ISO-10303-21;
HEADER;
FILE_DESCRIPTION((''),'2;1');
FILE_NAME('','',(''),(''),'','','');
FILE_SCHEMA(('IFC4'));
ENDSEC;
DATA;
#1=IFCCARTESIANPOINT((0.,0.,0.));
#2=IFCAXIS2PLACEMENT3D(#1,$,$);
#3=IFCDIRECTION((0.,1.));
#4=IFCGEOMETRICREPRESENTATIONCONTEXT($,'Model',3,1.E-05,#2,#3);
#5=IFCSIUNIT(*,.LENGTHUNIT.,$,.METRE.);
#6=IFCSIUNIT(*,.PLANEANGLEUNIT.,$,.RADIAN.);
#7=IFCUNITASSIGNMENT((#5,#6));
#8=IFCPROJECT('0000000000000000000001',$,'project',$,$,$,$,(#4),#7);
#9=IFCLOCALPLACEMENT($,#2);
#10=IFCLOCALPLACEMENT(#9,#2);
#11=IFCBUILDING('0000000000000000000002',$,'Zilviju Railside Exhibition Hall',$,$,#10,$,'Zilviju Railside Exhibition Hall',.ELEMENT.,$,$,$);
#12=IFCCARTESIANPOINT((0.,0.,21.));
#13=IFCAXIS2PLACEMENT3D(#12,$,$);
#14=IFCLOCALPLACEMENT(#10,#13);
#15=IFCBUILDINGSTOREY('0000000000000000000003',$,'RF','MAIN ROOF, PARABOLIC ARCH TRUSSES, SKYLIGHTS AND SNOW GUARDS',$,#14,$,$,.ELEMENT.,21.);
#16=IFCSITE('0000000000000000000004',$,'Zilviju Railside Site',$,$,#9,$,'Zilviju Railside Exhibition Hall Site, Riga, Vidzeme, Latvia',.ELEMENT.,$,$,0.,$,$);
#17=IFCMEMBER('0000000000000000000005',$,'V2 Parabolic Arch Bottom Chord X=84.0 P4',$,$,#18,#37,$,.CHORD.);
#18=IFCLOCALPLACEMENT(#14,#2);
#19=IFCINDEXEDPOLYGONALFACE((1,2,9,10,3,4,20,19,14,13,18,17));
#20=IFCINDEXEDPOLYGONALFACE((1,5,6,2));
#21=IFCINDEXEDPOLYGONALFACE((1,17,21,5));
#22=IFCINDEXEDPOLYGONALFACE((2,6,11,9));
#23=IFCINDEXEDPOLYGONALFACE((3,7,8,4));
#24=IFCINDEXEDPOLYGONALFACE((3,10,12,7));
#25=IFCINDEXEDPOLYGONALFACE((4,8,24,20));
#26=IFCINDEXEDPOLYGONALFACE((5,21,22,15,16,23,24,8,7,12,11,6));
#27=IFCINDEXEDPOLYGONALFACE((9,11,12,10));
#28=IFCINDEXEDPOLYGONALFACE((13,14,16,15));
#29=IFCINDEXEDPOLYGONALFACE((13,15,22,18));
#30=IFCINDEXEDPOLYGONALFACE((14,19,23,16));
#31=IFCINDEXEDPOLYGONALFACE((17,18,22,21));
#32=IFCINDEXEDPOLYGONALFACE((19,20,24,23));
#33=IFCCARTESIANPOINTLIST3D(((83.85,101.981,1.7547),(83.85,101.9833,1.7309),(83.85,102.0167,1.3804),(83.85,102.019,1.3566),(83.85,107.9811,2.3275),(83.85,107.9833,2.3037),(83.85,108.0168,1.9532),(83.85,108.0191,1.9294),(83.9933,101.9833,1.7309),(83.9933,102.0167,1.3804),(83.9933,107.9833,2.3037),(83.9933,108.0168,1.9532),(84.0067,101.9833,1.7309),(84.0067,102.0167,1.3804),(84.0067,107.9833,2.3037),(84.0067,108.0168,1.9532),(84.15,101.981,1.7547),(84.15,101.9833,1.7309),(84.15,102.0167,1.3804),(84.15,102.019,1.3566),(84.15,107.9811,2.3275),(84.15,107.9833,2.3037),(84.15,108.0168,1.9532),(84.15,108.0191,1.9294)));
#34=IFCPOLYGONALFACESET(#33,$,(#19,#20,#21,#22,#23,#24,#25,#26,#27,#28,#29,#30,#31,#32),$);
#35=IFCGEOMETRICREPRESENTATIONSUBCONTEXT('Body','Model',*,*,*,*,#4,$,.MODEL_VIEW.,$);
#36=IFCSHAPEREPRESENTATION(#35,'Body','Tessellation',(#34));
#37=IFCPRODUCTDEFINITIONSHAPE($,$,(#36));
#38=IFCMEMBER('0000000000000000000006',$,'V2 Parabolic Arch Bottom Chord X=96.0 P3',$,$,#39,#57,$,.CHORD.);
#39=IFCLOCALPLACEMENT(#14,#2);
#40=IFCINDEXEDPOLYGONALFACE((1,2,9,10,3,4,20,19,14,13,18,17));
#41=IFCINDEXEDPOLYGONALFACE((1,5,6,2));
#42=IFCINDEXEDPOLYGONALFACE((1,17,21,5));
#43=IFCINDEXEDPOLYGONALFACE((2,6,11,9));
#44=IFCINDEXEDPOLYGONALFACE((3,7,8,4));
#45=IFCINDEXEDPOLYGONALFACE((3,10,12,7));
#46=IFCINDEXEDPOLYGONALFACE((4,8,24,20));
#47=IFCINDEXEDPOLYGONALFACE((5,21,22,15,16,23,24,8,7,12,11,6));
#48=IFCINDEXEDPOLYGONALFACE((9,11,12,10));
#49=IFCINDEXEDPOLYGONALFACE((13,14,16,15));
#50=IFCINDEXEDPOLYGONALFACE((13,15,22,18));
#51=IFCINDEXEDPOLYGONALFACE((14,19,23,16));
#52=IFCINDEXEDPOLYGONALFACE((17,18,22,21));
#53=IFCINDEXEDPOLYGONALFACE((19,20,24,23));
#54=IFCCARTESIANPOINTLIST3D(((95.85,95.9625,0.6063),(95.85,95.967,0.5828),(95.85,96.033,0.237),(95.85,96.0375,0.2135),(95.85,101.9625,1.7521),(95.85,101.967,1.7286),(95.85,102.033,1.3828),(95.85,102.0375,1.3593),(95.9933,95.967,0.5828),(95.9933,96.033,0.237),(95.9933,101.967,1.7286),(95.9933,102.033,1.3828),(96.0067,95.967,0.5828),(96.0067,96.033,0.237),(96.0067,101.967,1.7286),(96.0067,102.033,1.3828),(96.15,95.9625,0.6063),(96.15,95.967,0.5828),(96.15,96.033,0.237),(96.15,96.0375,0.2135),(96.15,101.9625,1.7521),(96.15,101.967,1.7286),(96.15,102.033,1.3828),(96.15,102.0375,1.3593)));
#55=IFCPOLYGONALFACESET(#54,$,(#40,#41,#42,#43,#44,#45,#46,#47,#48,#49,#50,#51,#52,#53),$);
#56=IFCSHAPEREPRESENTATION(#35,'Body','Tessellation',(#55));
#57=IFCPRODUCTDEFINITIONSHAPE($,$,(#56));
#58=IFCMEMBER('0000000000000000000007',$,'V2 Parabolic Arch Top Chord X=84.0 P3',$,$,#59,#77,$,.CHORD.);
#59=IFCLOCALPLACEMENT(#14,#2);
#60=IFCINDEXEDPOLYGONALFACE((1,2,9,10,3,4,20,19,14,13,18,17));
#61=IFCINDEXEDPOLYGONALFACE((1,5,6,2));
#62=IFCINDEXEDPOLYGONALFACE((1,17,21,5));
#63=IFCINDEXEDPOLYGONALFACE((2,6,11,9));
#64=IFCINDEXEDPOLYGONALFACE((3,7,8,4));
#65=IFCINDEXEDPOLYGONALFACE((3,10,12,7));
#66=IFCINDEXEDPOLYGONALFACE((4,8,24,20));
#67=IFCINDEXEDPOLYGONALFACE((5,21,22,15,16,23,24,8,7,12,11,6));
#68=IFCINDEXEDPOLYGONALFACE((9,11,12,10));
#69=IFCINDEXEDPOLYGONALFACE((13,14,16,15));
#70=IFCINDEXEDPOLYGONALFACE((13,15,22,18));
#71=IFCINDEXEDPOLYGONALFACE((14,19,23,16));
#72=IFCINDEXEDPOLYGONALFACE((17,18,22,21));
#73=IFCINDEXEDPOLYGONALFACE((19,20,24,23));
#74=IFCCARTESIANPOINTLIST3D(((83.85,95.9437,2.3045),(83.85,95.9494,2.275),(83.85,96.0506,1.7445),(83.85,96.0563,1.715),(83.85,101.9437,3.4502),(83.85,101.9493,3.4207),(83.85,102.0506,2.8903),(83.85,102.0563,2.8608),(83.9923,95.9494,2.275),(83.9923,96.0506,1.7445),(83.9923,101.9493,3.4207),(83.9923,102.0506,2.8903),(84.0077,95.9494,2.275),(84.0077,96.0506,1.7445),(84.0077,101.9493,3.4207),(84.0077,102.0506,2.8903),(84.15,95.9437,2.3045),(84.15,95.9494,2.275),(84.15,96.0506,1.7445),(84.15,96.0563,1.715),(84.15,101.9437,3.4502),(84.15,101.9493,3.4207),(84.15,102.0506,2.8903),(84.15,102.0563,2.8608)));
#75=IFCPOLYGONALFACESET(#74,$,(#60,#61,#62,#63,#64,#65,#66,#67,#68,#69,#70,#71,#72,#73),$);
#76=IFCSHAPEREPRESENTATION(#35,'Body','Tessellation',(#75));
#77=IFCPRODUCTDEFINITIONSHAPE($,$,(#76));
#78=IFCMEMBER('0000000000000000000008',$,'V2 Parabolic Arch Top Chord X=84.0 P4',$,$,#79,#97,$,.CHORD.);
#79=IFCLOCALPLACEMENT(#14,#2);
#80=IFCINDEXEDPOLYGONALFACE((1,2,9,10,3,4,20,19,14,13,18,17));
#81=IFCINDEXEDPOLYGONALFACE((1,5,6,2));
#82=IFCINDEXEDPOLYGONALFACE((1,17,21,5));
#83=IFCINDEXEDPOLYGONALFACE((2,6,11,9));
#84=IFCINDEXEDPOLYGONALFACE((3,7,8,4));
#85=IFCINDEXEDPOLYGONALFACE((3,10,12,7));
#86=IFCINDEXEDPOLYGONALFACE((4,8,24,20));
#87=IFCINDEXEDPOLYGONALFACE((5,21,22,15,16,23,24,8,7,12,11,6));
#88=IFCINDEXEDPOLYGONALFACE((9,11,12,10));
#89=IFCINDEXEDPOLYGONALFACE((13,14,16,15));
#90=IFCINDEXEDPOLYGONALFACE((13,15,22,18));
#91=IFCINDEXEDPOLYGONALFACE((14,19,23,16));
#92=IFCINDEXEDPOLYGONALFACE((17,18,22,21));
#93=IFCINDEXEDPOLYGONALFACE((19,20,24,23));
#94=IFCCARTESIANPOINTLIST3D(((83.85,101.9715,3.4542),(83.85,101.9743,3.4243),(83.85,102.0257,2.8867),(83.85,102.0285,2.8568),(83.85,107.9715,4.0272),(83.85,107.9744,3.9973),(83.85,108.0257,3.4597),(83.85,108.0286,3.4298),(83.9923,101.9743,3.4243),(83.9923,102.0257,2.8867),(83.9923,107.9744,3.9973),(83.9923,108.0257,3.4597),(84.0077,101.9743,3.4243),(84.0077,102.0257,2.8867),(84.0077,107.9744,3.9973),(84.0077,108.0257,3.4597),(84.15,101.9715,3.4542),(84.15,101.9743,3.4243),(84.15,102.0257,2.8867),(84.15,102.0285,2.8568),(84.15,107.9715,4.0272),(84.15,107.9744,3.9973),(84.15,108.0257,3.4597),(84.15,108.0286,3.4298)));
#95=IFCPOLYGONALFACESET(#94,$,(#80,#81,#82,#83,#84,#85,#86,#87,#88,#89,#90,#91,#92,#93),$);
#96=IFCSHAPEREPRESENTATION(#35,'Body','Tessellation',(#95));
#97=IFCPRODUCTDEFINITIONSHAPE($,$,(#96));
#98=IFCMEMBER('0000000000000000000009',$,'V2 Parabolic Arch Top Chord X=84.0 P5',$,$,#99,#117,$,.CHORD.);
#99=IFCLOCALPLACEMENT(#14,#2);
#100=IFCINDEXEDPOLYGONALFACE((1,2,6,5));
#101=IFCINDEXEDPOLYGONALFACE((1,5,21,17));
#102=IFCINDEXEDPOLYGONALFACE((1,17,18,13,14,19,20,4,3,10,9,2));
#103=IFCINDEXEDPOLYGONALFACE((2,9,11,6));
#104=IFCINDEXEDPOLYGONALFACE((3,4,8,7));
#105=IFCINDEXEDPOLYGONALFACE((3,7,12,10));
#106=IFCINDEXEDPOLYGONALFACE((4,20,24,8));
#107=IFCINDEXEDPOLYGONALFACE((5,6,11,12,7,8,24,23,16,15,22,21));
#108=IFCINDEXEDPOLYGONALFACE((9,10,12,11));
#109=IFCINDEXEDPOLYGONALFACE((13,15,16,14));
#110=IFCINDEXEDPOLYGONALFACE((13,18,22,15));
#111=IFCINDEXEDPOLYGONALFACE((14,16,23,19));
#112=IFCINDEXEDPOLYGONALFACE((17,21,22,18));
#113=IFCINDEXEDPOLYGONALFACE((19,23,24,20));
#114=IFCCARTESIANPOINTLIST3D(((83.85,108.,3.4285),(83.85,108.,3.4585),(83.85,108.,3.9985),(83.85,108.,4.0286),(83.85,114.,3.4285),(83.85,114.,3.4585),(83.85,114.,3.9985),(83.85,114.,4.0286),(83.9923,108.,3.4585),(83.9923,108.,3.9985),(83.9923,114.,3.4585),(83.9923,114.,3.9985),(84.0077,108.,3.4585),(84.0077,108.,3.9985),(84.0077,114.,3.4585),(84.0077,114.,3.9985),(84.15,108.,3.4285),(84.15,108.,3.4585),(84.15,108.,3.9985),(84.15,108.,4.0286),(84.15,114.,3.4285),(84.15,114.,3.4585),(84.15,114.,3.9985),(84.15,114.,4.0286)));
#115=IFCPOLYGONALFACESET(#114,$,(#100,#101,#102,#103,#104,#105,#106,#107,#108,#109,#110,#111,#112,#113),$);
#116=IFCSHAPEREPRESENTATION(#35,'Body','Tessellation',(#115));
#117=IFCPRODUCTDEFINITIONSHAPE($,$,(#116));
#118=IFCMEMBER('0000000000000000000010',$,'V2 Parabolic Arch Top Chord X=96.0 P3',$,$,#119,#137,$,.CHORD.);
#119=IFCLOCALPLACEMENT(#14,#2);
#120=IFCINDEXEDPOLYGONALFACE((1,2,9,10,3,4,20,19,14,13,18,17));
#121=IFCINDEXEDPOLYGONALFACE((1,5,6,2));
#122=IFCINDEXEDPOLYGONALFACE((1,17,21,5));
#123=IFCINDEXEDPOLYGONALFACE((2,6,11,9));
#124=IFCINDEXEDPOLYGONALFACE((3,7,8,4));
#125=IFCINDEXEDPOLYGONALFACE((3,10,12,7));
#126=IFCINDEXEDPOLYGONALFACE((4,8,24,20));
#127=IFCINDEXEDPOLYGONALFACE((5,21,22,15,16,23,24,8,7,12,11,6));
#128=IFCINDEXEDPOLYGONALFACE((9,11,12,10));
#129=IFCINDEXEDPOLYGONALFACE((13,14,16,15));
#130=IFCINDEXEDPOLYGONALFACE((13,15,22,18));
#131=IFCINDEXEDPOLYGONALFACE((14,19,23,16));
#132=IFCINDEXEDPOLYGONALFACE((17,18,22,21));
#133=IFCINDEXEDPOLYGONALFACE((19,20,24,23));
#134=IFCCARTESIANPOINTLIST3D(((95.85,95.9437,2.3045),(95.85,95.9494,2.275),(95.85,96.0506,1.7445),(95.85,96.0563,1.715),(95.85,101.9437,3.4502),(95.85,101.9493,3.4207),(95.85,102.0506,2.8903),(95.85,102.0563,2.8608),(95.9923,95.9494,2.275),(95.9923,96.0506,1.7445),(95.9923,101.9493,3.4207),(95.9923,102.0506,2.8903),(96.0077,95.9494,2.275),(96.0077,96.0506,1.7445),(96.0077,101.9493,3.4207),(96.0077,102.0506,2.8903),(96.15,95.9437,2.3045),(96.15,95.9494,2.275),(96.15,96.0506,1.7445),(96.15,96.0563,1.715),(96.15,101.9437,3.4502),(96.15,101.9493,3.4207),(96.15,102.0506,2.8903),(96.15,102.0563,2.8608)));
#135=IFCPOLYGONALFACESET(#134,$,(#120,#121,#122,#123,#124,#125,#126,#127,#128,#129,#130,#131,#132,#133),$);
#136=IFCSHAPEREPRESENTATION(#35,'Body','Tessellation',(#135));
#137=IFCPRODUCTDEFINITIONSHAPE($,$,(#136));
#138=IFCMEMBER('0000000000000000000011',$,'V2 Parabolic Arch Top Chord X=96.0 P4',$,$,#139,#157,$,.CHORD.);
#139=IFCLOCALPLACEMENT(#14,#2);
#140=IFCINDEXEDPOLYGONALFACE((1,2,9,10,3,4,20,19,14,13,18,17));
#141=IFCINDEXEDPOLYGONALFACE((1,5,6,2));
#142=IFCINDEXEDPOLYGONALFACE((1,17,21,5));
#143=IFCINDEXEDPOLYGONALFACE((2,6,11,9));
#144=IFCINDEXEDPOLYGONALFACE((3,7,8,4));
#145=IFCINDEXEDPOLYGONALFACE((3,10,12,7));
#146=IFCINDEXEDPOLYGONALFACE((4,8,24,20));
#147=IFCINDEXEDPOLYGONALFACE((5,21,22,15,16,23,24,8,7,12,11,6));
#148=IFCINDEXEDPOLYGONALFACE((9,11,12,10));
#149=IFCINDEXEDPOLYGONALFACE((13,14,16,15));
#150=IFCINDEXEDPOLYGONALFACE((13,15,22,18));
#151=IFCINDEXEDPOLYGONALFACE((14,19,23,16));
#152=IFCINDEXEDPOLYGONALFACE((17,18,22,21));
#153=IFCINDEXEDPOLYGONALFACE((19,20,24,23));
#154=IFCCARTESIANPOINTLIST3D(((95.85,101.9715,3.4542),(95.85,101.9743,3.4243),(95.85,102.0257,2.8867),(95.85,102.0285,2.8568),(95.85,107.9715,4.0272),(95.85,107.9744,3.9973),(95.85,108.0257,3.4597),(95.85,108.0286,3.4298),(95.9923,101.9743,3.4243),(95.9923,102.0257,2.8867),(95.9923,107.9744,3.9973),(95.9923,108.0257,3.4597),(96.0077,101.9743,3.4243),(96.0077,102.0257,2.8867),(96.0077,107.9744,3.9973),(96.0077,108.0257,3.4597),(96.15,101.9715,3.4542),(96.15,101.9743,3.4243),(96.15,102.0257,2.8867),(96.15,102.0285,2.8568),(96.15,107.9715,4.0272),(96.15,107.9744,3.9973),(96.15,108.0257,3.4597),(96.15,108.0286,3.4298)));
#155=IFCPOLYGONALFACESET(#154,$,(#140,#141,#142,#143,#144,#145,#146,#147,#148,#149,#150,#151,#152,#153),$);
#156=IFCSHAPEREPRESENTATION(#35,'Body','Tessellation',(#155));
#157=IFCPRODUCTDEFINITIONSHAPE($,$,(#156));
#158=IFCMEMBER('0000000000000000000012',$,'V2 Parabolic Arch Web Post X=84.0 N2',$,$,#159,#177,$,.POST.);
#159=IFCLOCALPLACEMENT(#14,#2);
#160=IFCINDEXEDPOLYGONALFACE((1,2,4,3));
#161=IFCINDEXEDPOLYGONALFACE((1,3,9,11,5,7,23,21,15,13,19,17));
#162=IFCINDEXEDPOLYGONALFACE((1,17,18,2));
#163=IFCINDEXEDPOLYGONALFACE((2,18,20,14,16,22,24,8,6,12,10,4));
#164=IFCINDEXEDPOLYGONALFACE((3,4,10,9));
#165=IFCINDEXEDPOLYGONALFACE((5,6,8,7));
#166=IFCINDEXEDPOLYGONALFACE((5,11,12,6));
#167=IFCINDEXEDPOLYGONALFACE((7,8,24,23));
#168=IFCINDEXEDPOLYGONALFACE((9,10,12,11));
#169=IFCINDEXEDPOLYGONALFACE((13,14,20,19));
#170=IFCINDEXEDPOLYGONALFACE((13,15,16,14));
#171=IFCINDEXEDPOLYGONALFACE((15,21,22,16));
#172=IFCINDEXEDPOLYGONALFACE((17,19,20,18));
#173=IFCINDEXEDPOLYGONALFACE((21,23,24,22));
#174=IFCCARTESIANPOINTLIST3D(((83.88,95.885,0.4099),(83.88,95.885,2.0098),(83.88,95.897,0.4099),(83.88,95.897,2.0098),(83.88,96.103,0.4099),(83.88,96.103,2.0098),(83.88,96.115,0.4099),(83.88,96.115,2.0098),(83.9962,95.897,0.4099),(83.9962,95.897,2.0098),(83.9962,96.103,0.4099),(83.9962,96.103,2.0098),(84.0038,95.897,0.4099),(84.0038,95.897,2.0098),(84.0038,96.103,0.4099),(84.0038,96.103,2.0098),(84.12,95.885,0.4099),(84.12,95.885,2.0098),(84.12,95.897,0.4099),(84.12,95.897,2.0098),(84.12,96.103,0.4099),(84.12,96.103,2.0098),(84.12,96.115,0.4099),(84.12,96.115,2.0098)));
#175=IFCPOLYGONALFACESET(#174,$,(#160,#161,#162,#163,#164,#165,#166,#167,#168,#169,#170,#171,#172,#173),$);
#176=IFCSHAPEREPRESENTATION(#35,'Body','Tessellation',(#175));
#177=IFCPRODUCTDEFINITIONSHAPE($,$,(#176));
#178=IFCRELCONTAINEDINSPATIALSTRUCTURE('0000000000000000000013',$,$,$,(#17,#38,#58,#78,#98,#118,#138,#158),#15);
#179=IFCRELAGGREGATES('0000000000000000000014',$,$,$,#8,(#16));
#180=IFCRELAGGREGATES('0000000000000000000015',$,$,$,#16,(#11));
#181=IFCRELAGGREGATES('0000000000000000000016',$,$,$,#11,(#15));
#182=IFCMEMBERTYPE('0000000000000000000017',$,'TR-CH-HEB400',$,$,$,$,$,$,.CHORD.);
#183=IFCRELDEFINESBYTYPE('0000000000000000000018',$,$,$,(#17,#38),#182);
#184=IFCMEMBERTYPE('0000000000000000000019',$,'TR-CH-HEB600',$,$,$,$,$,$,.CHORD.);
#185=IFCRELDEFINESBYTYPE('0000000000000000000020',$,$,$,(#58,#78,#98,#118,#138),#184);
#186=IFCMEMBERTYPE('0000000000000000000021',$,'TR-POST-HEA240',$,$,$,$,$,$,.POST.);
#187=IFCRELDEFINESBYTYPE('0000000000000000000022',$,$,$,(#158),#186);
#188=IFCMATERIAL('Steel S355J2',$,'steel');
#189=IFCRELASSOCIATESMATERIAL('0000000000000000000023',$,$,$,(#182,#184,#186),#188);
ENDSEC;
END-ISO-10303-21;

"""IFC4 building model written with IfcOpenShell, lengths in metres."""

from ifc_helpers import new_model, si_unit, direction, frame, origin, origin_2d, place, context, subcontext, project, spatial, i_section, extrude, material, material_profile, profile_set, type_object, element, save


model = new_model("IFC4")

# Units and contexts
model_context = context("Model", 3, precision=1e-05, world=origin(), true_north=direction((0.0, 1.0)))
body_context = subcontext(model_context, "Body", "Model", "MODEL_VIEW")
ifc_project = project(units=[si_unit("LENGTHUNIT", "METRE"), si_unit("PLANEANGLEUNIT", "RADIAN")], contexts=[model_context])

# Site, building, storey
site_placement = place(None, origin())
site = spatial("IfcSite", under=ifc_project, at=site_placement, Name="Zilviju Railside Site", LongName="Zilviju Railside Exhibition Hall Site, Riga, Vidzeme, Latvia", CompositionType="ELEMENT", RefElevation=0.0)
building_placement = place(site_placement, origin())
building = spatial("IfcBuilding", under=site, at=building_placement, Name="Zilviju Railside Exhibition Hall", LongName="Zilviju Railside Exhibition Hall", CompositionType="ELEMENT")
storey_placement = place(building_placement, frame((0.0, 0.0, 21.0)))
storey = spatial("IfcBuildingStorey", under=building, at=storey_placement, Name="RF", Description="MAIN ROOF, PARABOLIC ARCH TRUSSES, SKYLIGHTS AND SNOW GUARDS", CompositionType="ELEMENT", Elevation=21.0)

# Members
ifc_material_1 = material(Name="Steel S355J2", Category="steel")
ifc_material_profile_1 = material_profile(ifc_material_1, i_section(OverallWidth=0.3, OverallDepth=0.3999, WebThickness=0.0134, FlangeThickness=0.0239, at=origin_2d()), Name="HEB 400")
ifc_profile_set_1 = profile_set([ifc_material_profile_1], Name="Steel S355J2")
member_type_1 = type_object("IfcMemberType", Name="TR-CH-HEB400", PredefinedType="CHORD", material=ifc_profile_set_1)
member_1_placement = place(storey_placement, frame((84.0, 102.0, 1.5557), z_axis=(0.0, 0.995475, 0.095027), x_axis=(-1.0, 0.0, 0.0)))
element("IfcMember", 1, at=member_1_placement, inside=storey, type_object=member_type_1, Name="V2 Parabolic Arch Bottom Chord X=84.0 P4", PredefinedType="CHORD", context=body_context, shape_type="SweptSolid", body=[
    extrude(i_section(OverallWidth=0.3, OverallDepth=0.3999, WebThickness=0.0134, FlangeThickness=0.0239, at=origin_2d()), origin(), (0.0, 0.0, 1.0), 6.0273),
])
member_2_placement = place(storey_placement, frame((96.0, 96.0, 0.4099), z_axis=(0.0, 0.982251, 0.187569), x_axis=(-1.0, 0.0, 0.0)))
element("IfcMember", 2, at=member_2_placement, inside=storey, type_object=member_type_1, Name="V2 Parabolic Arch Bottom Chord X=96.0 P3", PredefinedType="CHORD", context=body_context, shape_type="SweptSolid", body=[
    extrude(i_section(OverallWidth=0.3, OverallDepth=0.3999, WebThickness=0.0134, FlangeThickness=0.0239, at=origin_2d()), origin(), (0.0, 0.0, 1.0), 6.1084),
])
ifc_material_profile_2 = material_profile(ifc_material_1, i_section(OverallWidth=0.3, OverallDepth=0.6001, WebThickness=0.0154, FlangeThickness=0.03, at=origin_2d()), Name="HEB 600")
ifc_profile_set_2 = profile_set([ifc_material_profile_2], Name="Steel S355J2")
member_type_2 = type_object("IfcMemberType", Name="TR-CH-HEB600", PredefinedType="CHORD", material=ifc_profile_set_2)
member_3_placement = place(storey_placement, frame((84.0, 96.0, 2.0098), z_axis=(0.0, 0.982251, 0.187569), x_axis=(-1.0, 0.0, 0.0)))
element("IfcMember", 3, at=member_3_placement, inside=storey, type_object=member_type_2, Name="V2 Parabolic Arch Top Chord X=84.0 P3", PredefinedType="CHORD", context=body_context, shape_type="SweptSolid", body=[
    extrude(i_section(OverallWidth=0.3, OverallDepth=0.6001, WebThickness=0.0154, FlangeThickness=0.03, at=origin_2d()), origin(), (0.0, 0.0, 1.0), 6.1084),
])
member_4_placement = place(storey_placement, frame((84.0, 102.0, 3.1555), z_axis=(0.0, 0.995471, 0.095067), x_axis=(-1.0, 0.0, 0.0)))
element("IfcMember", 4, at=member_4_placement, inside=storey, type_object=member_type_2, Name="V2 Parabolic Arch Top Chord X=84.0 P4", PredefinedType="CHORD", context=body_context, shape_type="SweptSolid", body=[
    extrude(i_section(OverallWidth=0.3, OverallDepth=0.6001, WebThickness=0.0154, FlangeThickness=0.03, at=origin_2d()), origin(), (0.0, 0.0, 1.0), 6.0273),
])
member_5_placement = place(storey_placement, frame((84.0, 108.0, 3.7285), z_axis=(0.0, 1.0, 0.0), x_axis=(-1.0, 0.0, 0.0)))
element("IfcMember", 5, at=member_5_placement, inside=storey, type_object=member_type_2, Name="V2 Parabolic Arch Top Chord X=84.0 P5", PredefinedType="CHORD", context=body_context, shape_type="SweptSolid", body=[
    extrude(i_section(OverallWidth=0.3, OverallDepth=0.6001, WebThickness=0.0154, FlangeThickness=0.03, at=origin_2d()), origin(), (0.0, 0.0, 1.0), 6.0),
])
member_6_placement = place(storey_placement, frame((96.0, 96.0, 2.0098), z_axis=(0.0, 0.982251, 0.187569), x_axis=(-1.0, 0.0, 0.0)))
element("IfcMember", 6, at=member_6_placement, inside=storey, type_object=member_type_2, Name="V2 Parabolic Arch Top Chord X=96.0 P3", PredefinedType="CHORD", context=body_context, shape_type="SweptSolid", body=[
    extrude(i_section(OverallWidth=0.3, OverallDepth=0.6001, WebThickness=0.0154, FlangeThickness=0.03, at=origin_2d()), origin(), (0.0, 0.0, 1.0), 6.1084),
])
member_7_placement = place(storey_placement, frame((96.0, 102.0, 3.1555), z_axis=(0.0, 0.995471, 0.095067), x_axis=(-1.0, 0.0, 0.0)))
element("IfcMember", 7, at=member_7_placement, inside=storey, type_object=member_type_2, Name="V2 Parabolic Arch Top Chord X=96.0 P4", PredefinedType="CHORD", context=body_context, shape_type="SweptSolid", body=[
    extrude(i_section(OverallWidth=0.3, OverallDepth=0.6001, WebThickness=0.0154, FlangeThickness=0.03, at=origin_2d()), origin(), (0.0, 0.0, 1.0), 6.0273),
])
ifc_material_profile_3 = material_profile(ifc_material_1, i_section(OverallWidth=0.24, OverallDepth=0.23, WebThickness=0.0076, FlangeThickness=0.012, at=origin_2d()), Name="HEA 240")
ifc_profile_set_3 = profile_set([ifc_material_profile_3], Name="Steel S355J2")
member_type_3 = type_object("IfcMemberType", Name="TR-POST-HEA240", PredefinedType="POST", material=ifc_profile_set_3)
for number, where, z_axis, x_axis, name in (
    (8, (84.0, 96.0, 0.4099), (0.0, 0.0, 1.0), (1.0, 0.0, 0.0), "V2 Parabolic Arch Web Post X=84.0 N2"),
):
    element("IfcMember", number, at=place(storey_placement, frame(where, z_axis=z_axis, x_axis=x_axis)), inside=storey, type_object=member_type_3, Name=name, PredefinedType="POST", context=body_context, shape_type="SweptSolid", body=[
        extrude(i_section(OverallWidth=0.24, OverallDepth=0.23, WebThickness=0.0076, FlangeThickness=0.012, at=origin_2d()), origin(), (0.0, 0.0, 1.0), 1.5999),
    ])

save(model, "model.ifc")
